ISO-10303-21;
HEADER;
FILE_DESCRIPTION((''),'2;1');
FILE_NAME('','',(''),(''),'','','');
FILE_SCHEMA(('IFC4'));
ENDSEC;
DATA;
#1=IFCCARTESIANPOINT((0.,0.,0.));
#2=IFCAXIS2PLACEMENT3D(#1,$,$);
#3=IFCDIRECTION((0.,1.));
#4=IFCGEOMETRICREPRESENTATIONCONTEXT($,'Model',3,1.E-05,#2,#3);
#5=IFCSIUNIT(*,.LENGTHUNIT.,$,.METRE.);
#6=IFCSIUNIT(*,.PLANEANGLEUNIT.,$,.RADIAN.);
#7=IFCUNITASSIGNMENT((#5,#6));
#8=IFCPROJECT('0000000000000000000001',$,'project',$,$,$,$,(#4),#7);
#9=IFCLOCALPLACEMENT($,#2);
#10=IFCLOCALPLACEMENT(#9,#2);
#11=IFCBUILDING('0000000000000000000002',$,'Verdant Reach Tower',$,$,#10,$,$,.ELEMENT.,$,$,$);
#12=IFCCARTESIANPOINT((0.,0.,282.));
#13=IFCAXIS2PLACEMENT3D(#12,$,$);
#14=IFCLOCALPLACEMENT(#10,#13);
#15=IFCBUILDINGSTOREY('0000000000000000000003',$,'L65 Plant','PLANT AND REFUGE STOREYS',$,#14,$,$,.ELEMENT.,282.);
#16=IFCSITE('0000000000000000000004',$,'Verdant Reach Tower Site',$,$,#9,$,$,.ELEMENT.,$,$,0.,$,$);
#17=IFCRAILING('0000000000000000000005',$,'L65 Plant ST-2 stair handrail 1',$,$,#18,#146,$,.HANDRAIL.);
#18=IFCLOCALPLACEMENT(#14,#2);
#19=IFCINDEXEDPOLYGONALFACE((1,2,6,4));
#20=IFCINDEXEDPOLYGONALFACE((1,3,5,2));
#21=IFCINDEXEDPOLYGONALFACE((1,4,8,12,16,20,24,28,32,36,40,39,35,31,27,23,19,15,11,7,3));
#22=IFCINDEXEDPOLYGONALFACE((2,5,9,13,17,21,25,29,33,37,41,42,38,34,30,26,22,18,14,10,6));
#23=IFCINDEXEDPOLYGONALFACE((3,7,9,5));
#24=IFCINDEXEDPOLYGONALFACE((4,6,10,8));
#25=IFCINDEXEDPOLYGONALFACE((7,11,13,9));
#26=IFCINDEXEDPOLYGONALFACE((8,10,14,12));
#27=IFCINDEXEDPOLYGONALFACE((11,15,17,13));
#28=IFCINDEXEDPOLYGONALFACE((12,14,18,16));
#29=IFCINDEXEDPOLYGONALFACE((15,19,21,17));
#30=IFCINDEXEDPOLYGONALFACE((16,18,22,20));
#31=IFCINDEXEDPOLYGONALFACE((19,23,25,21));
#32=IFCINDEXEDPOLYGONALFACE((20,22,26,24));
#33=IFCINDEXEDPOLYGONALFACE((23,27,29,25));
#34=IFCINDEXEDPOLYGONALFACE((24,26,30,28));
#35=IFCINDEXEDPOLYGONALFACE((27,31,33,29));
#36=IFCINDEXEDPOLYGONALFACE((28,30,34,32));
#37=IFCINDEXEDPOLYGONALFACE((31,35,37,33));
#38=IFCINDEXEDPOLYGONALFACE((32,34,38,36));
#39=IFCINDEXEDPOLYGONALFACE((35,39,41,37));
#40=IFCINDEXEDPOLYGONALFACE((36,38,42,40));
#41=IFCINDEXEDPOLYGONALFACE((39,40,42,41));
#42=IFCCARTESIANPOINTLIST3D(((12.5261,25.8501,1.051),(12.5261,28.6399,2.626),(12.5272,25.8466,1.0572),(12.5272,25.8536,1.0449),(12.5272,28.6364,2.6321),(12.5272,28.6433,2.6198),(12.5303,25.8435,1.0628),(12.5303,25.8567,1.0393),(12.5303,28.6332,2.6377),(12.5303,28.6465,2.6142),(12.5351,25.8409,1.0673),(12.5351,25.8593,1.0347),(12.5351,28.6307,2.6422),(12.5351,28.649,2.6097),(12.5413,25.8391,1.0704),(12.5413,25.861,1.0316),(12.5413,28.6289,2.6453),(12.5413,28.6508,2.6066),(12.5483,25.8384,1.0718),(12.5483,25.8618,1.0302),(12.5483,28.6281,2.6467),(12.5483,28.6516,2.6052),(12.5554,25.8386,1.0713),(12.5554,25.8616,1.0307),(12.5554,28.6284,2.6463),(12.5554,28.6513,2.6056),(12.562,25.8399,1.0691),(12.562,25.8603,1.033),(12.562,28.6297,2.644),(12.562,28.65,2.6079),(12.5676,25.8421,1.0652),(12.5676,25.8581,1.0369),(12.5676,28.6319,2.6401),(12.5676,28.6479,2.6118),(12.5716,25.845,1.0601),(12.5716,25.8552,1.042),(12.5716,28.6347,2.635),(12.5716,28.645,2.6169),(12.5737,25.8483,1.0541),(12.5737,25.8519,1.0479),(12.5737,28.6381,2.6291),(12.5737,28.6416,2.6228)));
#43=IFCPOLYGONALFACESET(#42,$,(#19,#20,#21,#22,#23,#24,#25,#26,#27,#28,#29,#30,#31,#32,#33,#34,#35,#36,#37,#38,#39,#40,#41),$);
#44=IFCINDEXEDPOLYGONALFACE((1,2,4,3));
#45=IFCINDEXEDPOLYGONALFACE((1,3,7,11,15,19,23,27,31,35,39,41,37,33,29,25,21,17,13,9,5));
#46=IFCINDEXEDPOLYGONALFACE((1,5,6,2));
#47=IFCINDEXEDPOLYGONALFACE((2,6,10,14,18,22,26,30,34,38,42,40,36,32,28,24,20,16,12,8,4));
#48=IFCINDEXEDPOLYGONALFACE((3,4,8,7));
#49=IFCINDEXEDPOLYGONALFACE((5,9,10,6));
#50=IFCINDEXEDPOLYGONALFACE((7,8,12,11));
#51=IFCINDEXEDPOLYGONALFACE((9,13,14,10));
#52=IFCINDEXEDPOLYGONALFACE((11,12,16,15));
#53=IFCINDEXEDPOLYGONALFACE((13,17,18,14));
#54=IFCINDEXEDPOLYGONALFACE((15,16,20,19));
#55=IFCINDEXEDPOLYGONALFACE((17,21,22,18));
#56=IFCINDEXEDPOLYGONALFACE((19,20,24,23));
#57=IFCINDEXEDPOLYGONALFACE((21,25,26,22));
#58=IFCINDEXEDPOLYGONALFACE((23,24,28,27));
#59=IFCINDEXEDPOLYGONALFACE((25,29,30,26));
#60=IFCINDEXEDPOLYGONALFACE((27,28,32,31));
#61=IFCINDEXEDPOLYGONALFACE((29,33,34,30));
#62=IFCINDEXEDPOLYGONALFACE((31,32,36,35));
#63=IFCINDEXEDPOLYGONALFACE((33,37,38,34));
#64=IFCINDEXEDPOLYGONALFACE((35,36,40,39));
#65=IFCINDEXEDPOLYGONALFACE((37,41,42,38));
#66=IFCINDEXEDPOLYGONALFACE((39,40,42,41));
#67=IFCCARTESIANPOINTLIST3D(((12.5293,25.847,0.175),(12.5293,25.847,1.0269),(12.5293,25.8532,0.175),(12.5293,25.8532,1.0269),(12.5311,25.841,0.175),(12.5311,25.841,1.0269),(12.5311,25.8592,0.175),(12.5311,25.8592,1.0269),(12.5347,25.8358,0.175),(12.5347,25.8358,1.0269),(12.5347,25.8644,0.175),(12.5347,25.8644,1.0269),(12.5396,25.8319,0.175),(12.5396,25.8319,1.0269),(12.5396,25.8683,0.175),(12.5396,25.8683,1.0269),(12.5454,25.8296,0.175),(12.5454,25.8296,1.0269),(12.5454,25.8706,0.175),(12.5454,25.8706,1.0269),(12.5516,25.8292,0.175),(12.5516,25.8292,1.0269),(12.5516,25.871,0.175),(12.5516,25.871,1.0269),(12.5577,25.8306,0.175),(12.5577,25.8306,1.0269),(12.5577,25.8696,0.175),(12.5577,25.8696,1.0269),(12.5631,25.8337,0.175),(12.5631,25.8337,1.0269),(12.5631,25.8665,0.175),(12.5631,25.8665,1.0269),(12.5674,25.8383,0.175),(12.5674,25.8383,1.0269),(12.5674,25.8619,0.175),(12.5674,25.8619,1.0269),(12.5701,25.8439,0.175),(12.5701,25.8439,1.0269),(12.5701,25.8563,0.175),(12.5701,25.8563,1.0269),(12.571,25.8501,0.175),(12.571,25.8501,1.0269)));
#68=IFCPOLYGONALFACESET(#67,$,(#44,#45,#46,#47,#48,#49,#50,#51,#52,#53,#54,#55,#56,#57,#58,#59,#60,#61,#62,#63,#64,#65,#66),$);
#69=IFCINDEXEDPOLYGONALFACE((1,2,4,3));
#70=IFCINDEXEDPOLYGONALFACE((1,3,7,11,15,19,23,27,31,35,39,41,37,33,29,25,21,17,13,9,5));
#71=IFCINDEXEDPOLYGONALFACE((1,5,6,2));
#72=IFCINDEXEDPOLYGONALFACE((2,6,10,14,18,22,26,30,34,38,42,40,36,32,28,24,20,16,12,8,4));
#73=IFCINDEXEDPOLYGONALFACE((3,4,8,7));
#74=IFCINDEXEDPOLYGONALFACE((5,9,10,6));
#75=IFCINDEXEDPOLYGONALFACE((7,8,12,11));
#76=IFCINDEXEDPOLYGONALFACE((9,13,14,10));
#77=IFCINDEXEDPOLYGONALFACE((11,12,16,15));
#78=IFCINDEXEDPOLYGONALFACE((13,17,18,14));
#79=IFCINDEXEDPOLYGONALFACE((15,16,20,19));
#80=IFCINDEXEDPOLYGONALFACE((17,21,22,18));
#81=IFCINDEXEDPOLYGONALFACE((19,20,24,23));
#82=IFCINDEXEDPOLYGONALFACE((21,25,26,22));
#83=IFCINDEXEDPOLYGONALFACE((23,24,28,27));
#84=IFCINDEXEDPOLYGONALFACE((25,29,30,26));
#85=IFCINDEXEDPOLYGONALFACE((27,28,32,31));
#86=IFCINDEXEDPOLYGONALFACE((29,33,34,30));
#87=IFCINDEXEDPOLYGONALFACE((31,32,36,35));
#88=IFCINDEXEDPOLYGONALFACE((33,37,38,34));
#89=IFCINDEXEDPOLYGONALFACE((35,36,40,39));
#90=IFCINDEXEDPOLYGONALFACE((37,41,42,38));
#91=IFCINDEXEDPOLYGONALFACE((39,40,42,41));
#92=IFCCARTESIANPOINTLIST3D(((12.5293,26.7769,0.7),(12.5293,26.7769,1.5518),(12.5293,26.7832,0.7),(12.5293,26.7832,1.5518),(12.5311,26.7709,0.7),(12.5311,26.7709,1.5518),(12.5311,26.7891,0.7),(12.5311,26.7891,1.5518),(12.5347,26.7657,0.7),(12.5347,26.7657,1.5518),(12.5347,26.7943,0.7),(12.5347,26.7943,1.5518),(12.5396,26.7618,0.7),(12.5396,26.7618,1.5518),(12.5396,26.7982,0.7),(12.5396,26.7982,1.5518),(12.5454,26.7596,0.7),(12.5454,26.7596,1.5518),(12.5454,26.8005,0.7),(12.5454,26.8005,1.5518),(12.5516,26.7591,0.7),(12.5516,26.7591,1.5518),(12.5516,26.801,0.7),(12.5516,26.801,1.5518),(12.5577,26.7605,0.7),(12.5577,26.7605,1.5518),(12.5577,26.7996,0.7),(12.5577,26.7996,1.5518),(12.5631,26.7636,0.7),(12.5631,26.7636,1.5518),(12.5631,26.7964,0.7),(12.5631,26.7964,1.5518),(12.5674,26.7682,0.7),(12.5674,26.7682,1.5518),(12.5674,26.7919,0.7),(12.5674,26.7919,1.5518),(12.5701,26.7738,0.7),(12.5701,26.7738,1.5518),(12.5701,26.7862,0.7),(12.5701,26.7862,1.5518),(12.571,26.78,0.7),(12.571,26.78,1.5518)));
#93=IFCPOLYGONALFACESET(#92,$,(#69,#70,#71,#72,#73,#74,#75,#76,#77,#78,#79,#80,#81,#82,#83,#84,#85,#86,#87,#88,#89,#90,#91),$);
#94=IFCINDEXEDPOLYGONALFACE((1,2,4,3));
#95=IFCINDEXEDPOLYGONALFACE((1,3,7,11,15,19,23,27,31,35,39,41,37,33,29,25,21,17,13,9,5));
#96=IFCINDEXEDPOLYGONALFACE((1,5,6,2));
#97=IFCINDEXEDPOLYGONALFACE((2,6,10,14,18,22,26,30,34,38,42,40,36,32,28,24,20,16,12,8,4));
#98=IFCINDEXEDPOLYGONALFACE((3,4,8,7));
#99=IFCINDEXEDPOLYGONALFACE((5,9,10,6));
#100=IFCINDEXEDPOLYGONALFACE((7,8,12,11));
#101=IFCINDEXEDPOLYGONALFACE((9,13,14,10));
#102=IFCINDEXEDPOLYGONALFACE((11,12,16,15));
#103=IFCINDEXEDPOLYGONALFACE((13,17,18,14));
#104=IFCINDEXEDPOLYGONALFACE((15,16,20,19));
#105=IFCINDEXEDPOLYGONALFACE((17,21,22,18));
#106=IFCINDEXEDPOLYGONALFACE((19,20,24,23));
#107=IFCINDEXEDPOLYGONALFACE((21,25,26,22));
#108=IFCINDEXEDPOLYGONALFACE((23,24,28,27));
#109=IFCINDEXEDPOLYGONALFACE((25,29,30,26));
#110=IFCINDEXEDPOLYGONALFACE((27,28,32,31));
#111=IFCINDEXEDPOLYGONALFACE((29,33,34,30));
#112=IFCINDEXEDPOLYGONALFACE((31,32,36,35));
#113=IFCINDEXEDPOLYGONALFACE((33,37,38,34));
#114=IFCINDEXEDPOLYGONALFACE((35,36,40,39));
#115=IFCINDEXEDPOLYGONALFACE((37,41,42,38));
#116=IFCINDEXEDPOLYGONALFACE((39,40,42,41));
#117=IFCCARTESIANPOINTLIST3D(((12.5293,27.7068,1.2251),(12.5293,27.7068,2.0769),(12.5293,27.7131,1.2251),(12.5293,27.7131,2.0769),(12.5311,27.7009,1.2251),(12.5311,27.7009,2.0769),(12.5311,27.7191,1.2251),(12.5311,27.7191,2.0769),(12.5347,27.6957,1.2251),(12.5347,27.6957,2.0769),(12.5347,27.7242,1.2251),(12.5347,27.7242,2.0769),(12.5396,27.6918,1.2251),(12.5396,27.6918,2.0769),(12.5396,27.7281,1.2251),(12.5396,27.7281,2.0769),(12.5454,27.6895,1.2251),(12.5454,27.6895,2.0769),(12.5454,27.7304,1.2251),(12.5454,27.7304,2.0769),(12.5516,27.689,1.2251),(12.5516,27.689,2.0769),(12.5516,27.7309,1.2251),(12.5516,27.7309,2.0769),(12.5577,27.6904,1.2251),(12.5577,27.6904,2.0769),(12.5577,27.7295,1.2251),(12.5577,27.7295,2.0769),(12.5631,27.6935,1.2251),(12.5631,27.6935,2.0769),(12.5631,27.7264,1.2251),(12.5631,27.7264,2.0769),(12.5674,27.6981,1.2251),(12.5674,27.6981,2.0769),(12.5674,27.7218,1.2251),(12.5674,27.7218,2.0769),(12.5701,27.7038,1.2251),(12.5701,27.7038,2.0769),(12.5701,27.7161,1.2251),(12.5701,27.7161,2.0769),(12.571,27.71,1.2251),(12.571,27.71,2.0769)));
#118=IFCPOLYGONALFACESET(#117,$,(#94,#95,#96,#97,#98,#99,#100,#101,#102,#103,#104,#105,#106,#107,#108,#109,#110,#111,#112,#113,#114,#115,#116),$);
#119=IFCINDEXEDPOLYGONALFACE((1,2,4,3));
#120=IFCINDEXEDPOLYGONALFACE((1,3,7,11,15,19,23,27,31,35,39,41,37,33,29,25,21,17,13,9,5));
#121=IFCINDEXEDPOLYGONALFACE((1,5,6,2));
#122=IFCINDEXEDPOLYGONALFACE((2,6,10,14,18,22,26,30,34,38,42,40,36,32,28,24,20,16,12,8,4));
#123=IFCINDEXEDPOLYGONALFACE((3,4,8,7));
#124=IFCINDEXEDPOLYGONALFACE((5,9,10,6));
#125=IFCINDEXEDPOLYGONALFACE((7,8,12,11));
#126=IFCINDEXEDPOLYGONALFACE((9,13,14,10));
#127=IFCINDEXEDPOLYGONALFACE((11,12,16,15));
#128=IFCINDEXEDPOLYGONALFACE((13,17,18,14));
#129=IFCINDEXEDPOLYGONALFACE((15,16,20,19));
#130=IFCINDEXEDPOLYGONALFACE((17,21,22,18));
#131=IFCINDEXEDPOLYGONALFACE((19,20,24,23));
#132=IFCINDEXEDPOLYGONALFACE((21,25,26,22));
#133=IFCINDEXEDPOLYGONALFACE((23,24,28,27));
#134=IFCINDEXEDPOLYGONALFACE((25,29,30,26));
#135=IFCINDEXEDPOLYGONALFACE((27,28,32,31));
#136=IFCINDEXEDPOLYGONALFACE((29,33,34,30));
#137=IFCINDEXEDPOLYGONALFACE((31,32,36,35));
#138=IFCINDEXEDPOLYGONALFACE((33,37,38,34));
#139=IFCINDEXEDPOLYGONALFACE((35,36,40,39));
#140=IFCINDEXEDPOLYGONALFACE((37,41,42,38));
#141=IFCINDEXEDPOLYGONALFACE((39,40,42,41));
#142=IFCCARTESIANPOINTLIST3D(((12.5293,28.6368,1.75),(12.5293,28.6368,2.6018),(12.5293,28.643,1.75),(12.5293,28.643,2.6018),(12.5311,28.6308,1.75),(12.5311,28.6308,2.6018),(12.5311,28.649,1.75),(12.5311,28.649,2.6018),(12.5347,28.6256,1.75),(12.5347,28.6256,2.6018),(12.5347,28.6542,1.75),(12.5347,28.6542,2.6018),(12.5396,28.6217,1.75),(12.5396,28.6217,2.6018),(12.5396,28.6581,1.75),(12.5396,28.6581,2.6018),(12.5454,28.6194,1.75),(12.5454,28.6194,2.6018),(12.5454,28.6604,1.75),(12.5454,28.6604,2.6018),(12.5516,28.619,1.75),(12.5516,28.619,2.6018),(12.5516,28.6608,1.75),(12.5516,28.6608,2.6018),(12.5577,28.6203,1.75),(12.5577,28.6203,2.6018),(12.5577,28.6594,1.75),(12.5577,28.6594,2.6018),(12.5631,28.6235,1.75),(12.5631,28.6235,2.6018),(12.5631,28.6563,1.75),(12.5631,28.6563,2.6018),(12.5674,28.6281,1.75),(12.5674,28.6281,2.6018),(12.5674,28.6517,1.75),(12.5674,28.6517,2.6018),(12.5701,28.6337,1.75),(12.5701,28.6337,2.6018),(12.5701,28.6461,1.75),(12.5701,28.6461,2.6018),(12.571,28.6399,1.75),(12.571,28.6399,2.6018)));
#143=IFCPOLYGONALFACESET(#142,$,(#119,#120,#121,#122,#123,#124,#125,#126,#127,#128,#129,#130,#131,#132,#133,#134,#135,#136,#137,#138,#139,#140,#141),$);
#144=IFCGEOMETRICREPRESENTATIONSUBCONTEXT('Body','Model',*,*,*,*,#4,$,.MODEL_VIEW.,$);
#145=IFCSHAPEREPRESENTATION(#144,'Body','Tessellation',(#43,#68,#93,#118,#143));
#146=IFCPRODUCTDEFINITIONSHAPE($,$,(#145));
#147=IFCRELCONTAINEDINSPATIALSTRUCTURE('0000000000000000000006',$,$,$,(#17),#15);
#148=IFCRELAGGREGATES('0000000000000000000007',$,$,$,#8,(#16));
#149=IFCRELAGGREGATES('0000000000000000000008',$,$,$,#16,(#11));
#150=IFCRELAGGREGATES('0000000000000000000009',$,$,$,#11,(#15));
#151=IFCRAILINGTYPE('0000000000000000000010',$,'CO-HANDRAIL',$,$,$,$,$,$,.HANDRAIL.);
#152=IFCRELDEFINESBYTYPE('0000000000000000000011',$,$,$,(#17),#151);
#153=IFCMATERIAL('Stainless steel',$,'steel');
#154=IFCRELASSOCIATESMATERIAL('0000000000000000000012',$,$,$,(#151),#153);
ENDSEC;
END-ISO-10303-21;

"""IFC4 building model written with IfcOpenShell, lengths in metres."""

from ifc_helpers import new_model, si_unit, direction, frame, origin, origin_2d, place, context, subcontext, project, spatial, circle, extrude, material, type_object, element, save


model = new_model("IFC4")

# Units and contexts
model_context = context("Model", 3, precision=1e-05, world=origin(), true_north=direction((0.0, 1.0)))
body_context = subcontext(model_context, "Body", "Model", "MODEL_VIEW")
ifc_project = project(units=[si_unit("LENGTHUNIT", "METRE"), si_unit("PLANEANGLEUNIT", "RADIAN")], contexts=[model_context])

# Site, building, storey
site_placement = place(None, origin())
site = spatial("IfcSite", under=ifc_project, at=site_placement, Name="Verdant Reach Tower Site", CompositionType="ELEMENT", RefElevation=0.0)
building_placement = place(site_placement, origin())
building = spatial("IfcBuilding", under=site, at=building_placement, Name="Verdant Reach Tower", CompositionType="ELEMENT")
storey_placement = place(building_placement, frame((0.0, 0.0, 282.0)))
storey = spatial("IfcBuildingStorey", under=building, at=storey_placement, Name="L65 Plant", Description="PLANT AND REFUGE STOREYS", CompositionType="ELEMENT", Elevation=282.0)

# Railing
ifc_material_1 = material(Name="Stainless steel", Category="steel")
railing_type_1 = type_object("IfcRailingType", Name="CO-HANDRAIL", PredefinedType="HANDRAIL", material=ifc_material_1)
for number, where, name in (
    (1, (12.55, 25.8501, 0.175), "L65 Plant ST-2 stair handrail 1"),
):
    element("IfcRailing", number, at=place(storey_placement, frame(where)), inside=storey, type_object=railing_type_1, Name=name, PredefinedType="HANDRAIL", context=body_context, shape_type="SweptSolid", body=[
        extrude(circle(Radius=0.0239, at=origin_2d()), frame((0.0, 0.0, 0.876), z_axis=(0.0, 0.870815, 0.49161), x_axis=(-1.0, 0.0, 0.0)), (0.0, 0.0, 1.0), 3.2036),
        extrude(circle(Radius=0.021, at=origin_2d()), origin(), (0.0, 0.0, 1.0), 0.8518),
        extrude(circle(Radius=0.021, at=origin_2d()), frame((0.0, 0.9299, 0.5249)), (0.0, 0.0, 1.0), 0.8518),
        extrude(circle(Radius=0.021, at=origin_2d()), frame((0.0, 1.8599, 1.05)), (0.0, 0.0, 1.0), 0.8518),
        extrude(circle(Radius=0.021, at=origin_2d()), frame((0.0, 2.7898, 1.575)), (0.0, 0.0, 1.0), 0.8518),
    ])

save(model, "model.ifc")
